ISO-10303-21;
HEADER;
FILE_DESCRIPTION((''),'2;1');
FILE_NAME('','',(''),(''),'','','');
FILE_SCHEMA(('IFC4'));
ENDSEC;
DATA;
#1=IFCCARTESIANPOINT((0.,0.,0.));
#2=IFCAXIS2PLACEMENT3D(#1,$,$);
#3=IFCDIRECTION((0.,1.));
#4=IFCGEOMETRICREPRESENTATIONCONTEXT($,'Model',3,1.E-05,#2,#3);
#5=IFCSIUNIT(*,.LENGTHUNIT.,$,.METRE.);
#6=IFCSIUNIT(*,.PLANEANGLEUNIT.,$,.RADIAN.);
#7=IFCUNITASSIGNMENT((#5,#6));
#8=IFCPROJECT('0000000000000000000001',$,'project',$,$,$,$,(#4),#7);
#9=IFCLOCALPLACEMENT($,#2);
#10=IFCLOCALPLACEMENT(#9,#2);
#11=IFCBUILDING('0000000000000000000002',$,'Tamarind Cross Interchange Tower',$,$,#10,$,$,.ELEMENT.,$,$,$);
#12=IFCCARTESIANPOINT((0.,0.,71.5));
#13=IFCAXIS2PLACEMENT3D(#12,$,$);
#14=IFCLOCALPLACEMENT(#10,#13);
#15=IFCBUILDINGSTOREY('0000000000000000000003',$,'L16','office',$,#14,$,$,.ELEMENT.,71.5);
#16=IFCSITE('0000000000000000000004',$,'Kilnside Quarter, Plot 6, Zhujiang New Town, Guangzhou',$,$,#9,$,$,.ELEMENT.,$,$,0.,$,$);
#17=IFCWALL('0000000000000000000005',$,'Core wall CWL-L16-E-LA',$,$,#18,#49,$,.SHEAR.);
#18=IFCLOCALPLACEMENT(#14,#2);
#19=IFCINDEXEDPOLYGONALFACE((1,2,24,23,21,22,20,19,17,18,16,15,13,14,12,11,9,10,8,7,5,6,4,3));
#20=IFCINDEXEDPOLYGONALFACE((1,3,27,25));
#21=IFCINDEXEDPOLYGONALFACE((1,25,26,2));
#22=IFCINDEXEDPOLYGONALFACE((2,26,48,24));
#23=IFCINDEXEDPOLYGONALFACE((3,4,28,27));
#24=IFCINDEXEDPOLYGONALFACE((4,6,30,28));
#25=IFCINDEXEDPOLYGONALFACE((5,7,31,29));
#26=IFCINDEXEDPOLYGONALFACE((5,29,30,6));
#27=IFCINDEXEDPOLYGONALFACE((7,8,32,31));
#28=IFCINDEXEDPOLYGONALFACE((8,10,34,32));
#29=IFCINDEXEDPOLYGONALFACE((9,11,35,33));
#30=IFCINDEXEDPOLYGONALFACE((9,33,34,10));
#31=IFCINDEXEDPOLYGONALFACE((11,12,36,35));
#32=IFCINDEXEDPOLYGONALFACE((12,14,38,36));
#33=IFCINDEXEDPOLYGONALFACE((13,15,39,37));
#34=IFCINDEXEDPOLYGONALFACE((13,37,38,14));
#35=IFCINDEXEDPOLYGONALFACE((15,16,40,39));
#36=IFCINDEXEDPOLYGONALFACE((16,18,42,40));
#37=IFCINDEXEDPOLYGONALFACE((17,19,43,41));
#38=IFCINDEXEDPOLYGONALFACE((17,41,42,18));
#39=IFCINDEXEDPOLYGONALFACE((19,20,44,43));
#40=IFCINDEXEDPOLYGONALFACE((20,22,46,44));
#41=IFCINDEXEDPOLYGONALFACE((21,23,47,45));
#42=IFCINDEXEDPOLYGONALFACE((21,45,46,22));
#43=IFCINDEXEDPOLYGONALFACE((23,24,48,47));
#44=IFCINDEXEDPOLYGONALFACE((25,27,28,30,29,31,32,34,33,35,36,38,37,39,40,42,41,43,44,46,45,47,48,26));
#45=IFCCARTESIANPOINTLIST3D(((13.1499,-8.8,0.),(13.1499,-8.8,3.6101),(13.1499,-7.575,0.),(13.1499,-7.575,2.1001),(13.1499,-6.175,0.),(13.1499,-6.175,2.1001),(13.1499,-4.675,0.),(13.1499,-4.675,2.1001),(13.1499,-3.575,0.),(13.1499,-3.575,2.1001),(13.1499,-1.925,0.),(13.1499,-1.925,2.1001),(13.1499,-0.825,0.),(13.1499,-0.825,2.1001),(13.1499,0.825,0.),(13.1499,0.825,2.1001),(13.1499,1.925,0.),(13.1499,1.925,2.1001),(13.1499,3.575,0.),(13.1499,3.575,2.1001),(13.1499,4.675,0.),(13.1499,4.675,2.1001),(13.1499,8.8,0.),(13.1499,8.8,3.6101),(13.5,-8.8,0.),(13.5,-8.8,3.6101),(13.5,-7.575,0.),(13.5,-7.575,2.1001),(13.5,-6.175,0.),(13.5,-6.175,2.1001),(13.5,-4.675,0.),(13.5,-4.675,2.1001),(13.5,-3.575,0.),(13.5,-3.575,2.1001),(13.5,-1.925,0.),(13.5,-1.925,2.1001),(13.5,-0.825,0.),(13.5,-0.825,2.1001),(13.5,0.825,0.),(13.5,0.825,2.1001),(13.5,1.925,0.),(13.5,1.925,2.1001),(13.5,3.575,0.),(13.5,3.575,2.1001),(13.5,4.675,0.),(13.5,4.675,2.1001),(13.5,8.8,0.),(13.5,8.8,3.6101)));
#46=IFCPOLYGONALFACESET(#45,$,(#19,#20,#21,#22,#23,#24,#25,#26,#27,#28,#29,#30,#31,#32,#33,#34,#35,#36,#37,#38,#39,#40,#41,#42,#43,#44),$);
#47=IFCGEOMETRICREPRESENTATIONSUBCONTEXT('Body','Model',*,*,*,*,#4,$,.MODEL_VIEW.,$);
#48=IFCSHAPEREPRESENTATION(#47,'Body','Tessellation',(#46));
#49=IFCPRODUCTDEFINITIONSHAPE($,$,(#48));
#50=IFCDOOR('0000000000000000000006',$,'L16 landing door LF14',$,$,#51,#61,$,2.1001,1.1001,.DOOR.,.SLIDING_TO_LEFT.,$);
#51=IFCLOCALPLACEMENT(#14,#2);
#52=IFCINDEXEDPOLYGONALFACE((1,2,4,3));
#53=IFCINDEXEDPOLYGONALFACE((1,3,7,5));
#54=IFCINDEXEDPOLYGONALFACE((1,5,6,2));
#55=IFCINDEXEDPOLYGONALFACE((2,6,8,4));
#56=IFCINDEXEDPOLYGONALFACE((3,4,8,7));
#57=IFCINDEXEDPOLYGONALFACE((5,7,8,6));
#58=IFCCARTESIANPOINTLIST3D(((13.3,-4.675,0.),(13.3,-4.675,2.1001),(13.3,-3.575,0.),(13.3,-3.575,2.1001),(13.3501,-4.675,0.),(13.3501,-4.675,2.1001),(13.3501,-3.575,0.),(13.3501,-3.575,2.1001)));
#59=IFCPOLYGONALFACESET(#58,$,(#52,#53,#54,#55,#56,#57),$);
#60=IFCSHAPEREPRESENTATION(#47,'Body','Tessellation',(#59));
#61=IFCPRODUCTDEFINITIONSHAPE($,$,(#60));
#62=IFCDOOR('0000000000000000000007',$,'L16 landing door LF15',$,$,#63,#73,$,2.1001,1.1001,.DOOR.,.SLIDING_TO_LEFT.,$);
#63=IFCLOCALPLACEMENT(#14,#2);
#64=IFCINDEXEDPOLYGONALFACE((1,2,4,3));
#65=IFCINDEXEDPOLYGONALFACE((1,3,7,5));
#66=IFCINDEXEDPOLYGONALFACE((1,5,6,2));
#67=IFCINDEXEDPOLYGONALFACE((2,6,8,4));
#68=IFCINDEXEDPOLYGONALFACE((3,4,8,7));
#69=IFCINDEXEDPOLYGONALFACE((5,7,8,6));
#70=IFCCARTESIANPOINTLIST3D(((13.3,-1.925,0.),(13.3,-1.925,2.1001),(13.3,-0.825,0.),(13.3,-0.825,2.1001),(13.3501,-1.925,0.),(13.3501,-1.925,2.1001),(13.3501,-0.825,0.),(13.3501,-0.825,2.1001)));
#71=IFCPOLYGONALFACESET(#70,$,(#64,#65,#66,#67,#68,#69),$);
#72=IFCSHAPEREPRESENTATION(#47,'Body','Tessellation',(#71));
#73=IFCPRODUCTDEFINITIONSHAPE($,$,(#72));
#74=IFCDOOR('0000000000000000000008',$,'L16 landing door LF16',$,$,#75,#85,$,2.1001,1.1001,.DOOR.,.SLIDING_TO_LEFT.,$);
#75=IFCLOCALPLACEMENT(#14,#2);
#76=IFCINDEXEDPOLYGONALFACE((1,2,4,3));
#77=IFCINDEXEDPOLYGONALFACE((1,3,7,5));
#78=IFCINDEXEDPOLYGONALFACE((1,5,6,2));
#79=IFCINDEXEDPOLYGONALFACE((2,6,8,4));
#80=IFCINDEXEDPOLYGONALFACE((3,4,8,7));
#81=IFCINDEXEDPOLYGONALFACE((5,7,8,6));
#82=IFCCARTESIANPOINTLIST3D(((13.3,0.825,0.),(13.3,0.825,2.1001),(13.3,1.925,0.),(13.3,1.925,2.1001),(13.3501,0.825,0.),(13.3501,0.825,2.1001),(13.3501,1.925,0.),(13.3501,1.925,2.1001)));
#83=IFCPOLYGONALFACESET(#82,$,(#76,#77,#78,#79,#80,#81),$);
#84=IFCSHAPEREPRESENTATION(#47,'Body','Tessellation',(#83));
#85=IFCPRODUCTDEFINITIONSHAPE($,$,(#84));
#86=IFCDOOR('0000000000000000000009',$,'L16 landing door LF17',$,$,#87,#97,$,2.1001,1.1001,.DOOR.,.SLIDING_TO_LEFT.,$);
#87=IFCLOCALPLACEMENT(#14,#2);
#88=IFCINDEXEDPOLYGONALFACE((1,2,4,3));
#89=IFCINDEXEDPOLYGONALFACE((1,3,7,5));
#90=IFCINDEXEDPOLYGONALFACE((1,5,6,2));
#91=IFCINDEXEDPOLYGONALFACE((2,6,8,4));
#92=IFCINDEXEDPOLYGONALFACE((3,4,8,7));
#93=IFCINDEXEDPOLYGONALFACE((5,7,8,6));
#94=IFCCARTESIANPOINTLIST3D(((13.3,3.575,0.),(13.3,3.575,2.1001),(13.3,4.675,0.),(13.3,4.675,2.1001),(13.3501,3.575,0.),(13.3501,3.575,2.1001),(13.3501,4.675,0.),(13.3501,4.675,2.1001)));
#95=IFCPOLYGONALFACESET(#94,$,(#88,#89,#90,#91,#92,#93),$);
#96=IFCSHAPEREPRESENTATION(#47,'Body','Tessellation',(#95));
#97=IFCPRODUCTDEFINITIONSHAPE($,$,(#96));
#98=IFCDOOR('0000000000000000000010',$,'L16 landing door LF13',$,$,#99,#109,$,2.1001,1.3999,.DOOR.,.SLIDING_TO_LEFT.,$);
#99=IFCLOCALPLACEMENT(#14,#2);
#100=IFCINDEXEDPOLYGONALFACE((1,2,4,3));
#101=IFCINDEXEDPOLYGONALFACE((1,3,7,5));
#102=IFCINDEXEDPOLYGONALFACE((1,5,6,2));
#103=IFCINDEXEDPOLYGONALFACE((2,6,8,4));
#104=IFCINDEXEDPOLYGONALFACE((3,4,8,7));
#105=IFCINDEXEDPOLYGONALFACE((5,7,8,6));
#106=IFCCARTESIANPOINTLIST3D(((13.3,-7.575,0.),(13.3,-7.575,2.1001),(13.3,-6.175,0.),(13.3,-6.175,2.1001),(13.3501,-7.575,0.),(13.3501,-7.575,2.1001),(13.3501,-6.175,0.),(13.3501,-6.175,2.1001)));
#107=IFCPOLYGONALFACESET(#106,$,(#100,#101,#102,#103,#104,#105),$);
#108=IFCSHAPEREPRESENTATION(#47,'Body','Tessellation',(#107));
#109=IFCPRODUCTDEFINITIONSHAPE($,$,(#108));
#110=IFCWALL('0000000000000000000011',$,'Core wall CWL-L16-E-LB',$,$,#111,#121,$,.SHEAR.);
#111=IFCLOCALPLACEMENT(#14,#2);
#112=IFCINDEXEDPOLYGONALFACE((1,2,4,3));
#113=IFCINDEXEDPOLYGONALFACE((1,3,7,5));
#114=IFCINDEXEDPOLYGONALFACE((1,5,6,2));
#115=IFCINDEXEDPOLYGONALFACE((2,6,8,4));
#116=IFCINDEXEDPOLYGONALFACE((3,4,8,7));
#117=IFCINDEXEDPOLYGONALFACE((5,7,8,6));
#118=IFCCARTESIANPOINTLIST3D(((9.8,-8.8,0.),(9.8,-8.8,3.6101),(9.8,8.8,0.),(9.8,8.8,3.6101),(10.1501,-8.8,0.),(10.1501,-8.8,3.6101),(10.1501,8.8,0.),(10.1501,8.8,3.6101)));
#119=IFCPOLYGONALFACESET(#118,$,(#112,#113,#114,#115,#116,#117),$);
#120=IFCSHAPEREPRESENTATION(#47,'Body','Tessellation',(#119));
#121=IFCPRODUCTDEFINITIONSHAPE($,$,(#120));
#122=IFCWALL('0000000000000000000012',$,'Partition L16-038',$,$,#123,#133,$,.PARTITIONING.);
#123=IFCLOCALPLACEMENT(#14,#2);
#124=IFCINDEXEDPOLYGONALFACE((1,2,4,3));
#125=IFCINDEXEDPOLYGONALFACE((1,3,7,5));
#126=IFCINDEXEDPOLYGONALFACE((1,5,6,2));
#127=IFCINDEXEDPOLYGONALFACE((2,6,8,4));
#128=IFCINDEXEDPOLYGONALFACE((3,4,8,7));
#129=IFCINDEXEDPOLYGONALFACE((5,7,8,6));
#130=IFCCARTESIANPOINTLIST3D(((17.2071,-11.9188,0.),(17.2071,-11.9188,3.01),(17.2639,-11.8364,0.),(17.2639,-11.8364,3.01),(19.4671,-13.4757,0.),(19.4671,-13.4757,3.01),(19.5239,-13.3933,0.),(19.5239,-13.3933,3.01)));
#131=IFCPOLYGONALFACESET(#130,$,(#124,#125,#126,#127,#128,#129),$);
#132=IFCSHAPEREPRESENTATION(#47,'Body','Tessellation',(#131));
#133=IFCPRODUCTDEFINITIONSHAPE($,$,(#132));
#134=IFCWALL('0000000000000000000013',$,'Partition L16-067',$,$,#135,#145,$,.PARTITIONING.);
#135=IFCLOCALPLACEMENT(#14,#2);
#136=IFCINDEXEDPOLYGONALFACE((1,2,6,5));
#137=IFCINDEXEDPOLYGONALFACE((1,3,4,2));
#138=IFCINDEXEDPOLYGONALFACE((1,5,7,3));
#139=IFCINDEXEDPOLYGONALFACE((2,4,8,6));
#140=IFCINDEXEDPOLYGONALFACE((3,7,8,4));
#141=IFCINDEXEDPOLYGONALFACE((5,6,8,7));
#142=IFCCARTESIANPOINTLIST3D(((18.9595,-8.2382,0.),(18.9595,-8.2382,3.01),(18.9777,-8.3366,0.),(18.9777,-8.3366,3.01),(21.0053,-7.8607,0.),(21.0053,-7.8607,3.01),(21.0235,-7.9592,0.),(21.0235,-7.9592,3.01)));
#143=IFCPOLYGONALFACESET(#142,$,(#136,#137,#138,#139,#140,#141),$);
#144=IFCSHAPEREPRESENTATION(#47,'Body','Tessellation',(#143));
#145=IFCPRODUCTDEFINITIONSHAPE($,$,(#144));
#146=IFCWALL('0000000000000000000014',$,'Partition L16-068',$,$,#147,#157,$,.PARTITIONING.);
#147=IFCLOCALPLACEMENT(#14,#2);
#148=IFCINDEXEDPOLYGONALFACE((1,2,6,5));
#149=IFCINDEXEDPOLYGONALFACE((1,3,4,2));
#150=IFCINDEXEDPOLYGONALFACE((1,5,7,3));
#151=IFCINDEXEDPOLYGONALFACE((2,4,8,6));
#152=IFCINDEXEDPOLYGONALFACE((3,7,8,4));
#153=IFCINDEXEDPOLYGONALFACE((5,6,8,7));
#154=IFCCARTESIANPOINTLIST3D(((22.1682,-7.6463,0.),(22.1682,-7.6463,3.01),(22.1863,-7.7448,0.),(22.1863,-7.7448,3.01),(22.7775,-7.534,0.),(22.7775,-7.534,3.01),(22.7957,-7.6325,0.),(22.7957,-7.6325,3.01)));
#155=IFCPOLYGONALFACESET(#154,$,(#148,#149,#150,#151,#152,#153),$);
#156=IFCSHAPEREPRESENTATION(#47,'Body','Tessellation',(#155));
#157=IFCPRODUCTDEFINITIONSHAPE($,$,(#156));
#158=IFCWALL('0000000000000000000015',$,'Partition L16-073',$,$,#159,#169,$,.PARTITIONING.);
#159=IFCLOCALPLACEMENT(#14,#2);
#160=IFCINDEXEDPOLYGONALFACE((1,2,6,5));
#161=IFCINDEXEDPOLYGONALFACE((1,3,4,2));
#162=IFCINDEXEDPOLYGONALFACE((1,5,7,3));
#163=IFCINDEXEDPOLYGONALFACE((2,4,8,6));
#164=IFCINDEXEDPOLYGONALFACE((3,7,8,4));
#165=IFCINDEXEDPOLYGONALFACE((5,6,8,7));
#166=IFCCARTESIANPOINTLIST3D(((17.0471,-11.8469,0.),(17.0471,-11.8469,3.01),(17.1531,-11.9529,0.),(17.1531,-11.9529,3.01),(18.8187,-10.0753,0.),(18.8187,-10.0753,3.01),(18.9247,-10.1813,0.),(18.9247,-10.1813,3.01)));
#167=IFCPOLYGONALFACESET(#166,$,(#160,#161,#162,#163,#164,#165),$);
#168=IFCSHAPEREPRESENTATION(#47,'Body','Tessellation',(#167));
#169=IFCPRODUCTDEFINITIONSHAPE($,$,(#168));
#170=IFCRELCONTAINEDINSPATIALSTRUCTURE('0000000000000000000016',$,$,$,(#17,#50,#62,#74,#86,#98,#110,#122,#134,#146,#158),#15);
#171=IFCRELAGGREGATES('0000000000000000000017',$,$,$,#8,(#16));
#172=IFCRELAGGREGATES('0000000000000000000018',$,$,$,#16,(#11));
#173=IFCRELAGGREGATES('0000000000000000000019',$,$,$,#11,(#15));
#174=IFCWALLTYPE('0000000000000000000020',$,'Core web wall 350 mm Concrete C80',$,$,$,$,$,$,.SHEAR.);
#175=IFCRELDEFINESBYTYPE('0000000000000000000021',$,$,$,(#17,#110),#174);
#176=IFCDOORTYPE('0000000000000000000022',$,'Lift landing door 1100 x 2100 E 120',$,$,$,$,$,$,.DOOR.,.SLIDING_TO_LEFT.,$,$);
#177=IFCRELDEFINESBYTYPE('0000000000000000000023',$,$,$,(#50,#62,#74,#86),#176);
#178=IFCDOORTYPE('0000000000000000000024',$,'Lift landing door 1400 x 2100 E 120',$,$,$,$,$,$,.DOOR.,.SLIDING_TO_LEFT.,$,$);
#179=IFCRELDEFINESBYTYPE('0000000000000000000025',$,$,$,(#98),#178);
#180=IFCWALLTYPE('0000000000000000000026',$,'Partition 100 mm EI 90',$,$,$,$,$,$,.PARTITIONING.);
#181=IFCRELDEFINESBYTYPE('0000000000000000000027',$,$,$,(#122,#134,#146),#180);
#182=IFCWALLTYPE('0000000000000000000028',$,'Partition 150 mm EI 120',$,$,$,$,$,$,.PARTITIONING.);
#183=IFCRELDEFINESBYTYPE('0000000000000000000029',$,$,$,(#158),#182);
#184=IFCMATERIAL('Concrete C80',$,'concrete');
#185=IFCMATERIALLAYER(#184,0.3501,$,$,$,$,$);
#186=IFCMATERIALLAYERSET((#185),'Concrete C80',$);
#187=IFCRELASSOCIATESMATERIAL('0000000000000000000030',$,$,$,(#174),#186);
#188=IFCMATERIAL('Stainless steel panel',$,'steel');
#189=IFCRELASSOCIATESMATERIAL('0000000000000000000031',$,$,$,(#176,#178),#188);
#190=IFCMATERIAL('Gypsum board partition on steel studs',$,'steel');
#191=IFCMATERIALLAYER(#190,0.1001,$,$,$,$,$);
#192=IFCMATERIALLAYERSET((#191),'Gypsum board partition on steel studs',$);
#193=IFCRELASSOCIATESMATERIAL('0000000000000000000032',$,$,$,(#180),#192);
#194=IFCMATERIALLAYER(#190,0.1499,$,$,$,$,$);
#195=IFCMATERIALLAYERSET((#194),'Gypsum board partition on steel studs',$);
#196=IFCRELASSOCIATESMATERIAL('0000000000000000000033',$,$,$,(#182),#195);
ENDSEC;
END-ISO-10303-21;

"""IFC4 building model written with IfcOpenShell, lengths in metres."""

from ifc_helpers import new_model, si_unit, direction, frame, frame_2d, origin, place, context, subcontext, project, spatial, rectangle, extrude, material, layer, layer_set, type_object, element, fill, save


model = new_model("IFC4")

# Units and contexts
model_context = context("Model", 3, precision=1e-05, world=origin(), true_north=direction((0.0, 1.0)))
body_context = subcontext(model_context, "Body", "Model", "MODEL_VIEW")
ifc_project = project(units=[si_unit("LENGTHUNIT", "METRE"), si_unit("PLANEANGLEUNIT", "RADIAN")], contexts=[model_context])

# Site, building, storey
site_placement = place(None, origin())
site = spatial("IfcSite", under=ifc_project, at=site_placement, Name="Kilnside Quarter, Plot 6, Zhujiang New Town, Guangzhou", CompositionType="ELEMENT", RefElevation=0.0)
building_placement = place(site_placement, origin())
building = spatial("IfcBuilding", under=site, at=building_placement, Name="Tamarind Cross Interchange Tower", CompositionType="ELEMENT")
storey_placement = place(building_placement, frame((0.0, 0.0, 71.5)))
storey = spatial("IfcBuildingStorey", under=building, at=storey_placement, Name="L16", Description="office", CompositionType="ELEMENT", Elevation=71.5)

# Wall, openings, doors
ifc_material_1 = material(Name="Concrete C80", Category="concrete")
ifc_layer_1 = layer(ifc_material_1, 0.3501)
ifc_layer_set_1 = layer_set([ifc_layer_1], Name="Concrete C80")
wall_type_1 = type_object("IfcWallType", Name="Core web wall 350 mm Concrete C80", PredefinedType="SHEAR", material=ifc_layer_set_1)
wall_1_placement = place(storey_placement, frame((13.325, -8.8, 0.0), z_axis=(0.0, 0.0, 1.0), x_axis=(0.0, 1.0, 0.0)))
wall_1 = element("IfcWall", 1, at=wall_1_placement, inside=storey, type_object=wall_type_1, Name="Core wall CWL-L16-E-LA", PredefinedType="SHEAR", context=body_context, shape_type="SweptSolid", body=[
    extrude(rectangle(XDim=17.6001, YDim=0.3501, at=frame_2d((8.8, 0.0))), origin(), (0.0, 0.0, 1.0), 3.6101),
])
opening_1_placement = place(wall_1_placement, frame((1.2251, 0.0, 0.0)))
opening_1 = element("IfcOpeningElement", 2, at=opening_1_placement, cuts=wall_1, PredefinedType="OPENING", context=body_context, shape_type="SweptSolid", body=[
    extrude(rectangle(XDim=1.3999, YDim=2.1001, at=frame_2d((0.7, 1.05))), frame((0.0, 0.1851, 0.0), z_axis=(0.0, -1.0, 0.0), x_axis=(1.0, 0.0, 0.0)), (0.0, 0.0, 1.0), 0.3701),
])
opening_2_placement = place(wall_1_placement, frame((4.125, 0.0, 0.0)))
opening_2 = element("IfcOpeningElement", 3, at=opening_2_placement, cuts=wall_1, PredefinedType="OPENING", context=body_context, shape_type="SweptSolid", body=[
    extrude(rectangle(XDim=1.1001, YDim=2.1001, at=frame_2d((0.55, 1.05))), frame((0.0, 0.1851, 0.0), z_axis=(0.0, -1.0, 0.0), x_axis=(1.0, 0.0, 0.0)), (0.0, 0.0, 1.0), 0.3701),
])
opening_3_placement = place(wall_1_placement, frame((6.875, 0.0, 0.0)))
opening_3 = element("IfcOpeningElement", 4, at=opening_3_placement, cuts=wall_1, PredefinedType="OPENING", context=body_context, shape_type="SweptSolid", body=[
    extrude(rectangle(XDim=1.1001, YDim=2.1001, at=frame_2d((0.55, 1.05))), frame((0.0, 0.1851, 0.0), z_axis=(0.0, -1.0, 0.0), x_axis=(1.0, 0.0, 0.0)), (0.0, 0.0, 1.0), 0.3701),
])
opening_4_placement = place(wall_1_placement, frame((9.625, 0.0, 0.0)))
opening_4 = element("IfcOpeningElement", 5, at=opening_4_placement, cuts=wall_1, PredefinedType="OPENING", context=body_context, shape_type="SweptSolid", body=[
    extrude(rectangle(XDim=1.1001, YDim=2.1001, at=frame_2d((0.55, 1.05))), frame((0.0, 0.1851, 0.0), z_axis=(0.0, -1.0, 0.0), x_axis=(1.0, 0.0, 0.0)), (0.0, 0.0, 1.0), 0.3701),
])
opening_5_placement = place(wall_1_placement, frame((12.375, 0.0, 0.0)))
opening_5 = element("IfcOpeningElement", 6, at=opening_5_placement, cuts=wall_1, PredefinedType="OPENING", context=body_context, shape_type="SweptSolid", body=[
    extrude(rectangle(XDim=1.1001, YDim=2.1001, at=frame_2d((0.55, 1.05))), frame((0.0, 0.1851, 0.0), z_axis=(0.0, -1.0, 0.0), x_axis=(1.0, 0.0, 0.0)), (0.0, 0.0, 1.0), 0.3701),
])
ifc_material_2 = material(Name="Stainless steel panel", Category="steel")
door_type_1 = type_object("IfcDoorType", Name="Lift landing door 1100 x 2100 E 120", OperationType="SLIDING_TO_LEFT", PredefinedType="DOOR", material=ifc_material_2)
door_1_placement = place(opening_2_placement, origin())
door_1 = element("IfcDoor", 7, at=door_1_placement, inside=storey, type_object=door_type_1, Name="L16 landing door LF14", OperationType="SLIDING_TO_LEFT", OverallHeight=2.1001, OverallWidth=1.1001, PredefinedType="DOOR", context=body_context, shape_type="SweptSolid", body=[
    extrude(rectangle(XDim=1.1001, YDim=2.1001, at=frame_2d((0.55, 1.05))), frame((0.0, 0.0249, 0.0), z_axis=(0.0, -1.0, 0.0), x_axis=(1.0, 0.0, 0.0)), (0.0, 0.0, 1.0), 0.05),
])
fill(opening_2, door_1)
door_2_placement = place(opening_3_placement, origin())
door_2 = element("IfcDoor", 8, at=door_2_placement, inside=storey, type_object=door_type_1, Name="L16 landing door LF15", OperationType="SLIDING_TO_LEFT", OverallHeight=2.1001, OverallWidth=1.1001, PredefinedType="DOOR", context=body_context, shape_type="SweptSolid", body=[
    extrude(rectangle(XDim=1.1001, YDim=2.1001, at=frame_2d((0.55, 1.05))), frame((0.0, 0.0249, 0.0), z_axis=(0.0, -1.0, 0.0), x_axis=(1.0, 0.0, 0.0)), (0.0, 0.0, 1.0), 0.05),
])
fill(opening_3, door_2)
door_3_placement = place(opening_4_placement, origin())
door_3 = element("IfcDoor", 9, at=door_3_placement, inside=storey, type_object=door_type_1, Name="L16 landing door LF16", OperationType="SLIDING_TO_LEFT", OverallHeight=2.1001, OverallWidth=1.1001, PredefinedType="DOOR", context=body_context, shape_type="SweptSolid", body=[
    extrude(rectangle(XDim=1.1001, YDim=2.1001, at=frame_2d((0.55, 1.05))), frame((0.0, 0.0249, 0.0), z_axis=(0.0, -1.0, 0.0), x_axis=(1.0, 0.0, 0.0)), (0.0, 0.0, 1.0), 0.05),
])
fill(opening_4, door_3)
door_4_placement = place(opening_5_placement, origin())
door_4 = element("IfcDoor", 10, at=door_4_placement, inside=storey, type_object=door_type_1, Name="L16 landing door LF17", OperationType="SLIDING_TO_LEFT", OverallHeight=2.1001, OverallWidth=1.1001, PredefinedType="DOOR", context=body_context, shape_type="SweptSolid", body=[
    extrude(rectangle(XDim=1.1001, YDim=2.1001, at=frame_2d((0.55, 1.05))), frame((0.0, 0.0249, 0.0), z_axis=(0.0, -1.0, 0.0), x_axis=(1.0, 0.0, 0.0)), (0.0, 0.0, 1.0), 0.05),
])
fill(opening_5, door_4)
door_type_2 = type_object("IfcDoorType", Name="Lift landing door 1400 x 2100 E 120", OperationType="SLIDING_TO_LEFT", PredefinedType="DOOR", material=ifc_material_2)
door_5_placement = place(opening_1_placement, origin())
door_5 = element("IfcDoor", 11, at=door_5_placement, inside=storey, type_object=door_type_2, Name="L16 landing door LF13", OperationType="SLIDING_TO_LEFT", OverallHeight=2.1001, OverallWidth=1.3999, PredefinedType="DOOR", context=body_context, shape_type="SweptSolid", body=[
    extrude(rectangle(XDim=1.3999, YDim=2.1001, at=frame_2d((0.7, 1.05))), frame((0.0, 0.0249, 0.0), z_axis=(0.0, -1.0, 0.0), x_axis=(1.0, 0.0, 0.0)), (0.0, 0.0, 1.0), 0.05),
])
fill(opening_1, door_5)

# Walls
wall_2_placement = place(storey_placement, frame((9.9751, -8.8, 0.0), z_axis=(0.0, 0.0, 1.0), x_axis=(0.0, 1.0, 0.0)))
element("IfcWall", 12, at=wall_2_placement, inside=storey, type_object=wall_type_1, Name="Core wall CWL-L16-E-LB", PredefinedType="SHEAR", context=body_context, shape_type="SweptSolid", body=[
    extrude(rectangle(XDim=17.6001, YDim=0.3501, at=frame_2d((8.8, 0.0))), origin(), (0.0, 0.0, 1.0), 3.6101),
])
ifc_material_3 = material(Name="Gypsum board partition on steel studs", Category="steel")
ifc_layer_2 = layer(ifc_material_3, 0.1001)
ifc_layer_set_2 = layer_set([ifc_layer_2], Name="Gypsum board partition on steel studs")
wall_type_2 = type_object("IfcWallType", Name="Partition 100 mm EI 90", PredefinedType="PARTITIONING", material=ifc_layer_set_2)
wall_3_placement = place(storey_placement, frame((17.2356, -11.8777, 0.0), z_axis=(0.0, 0.0, 1.0), x_axis=(0.823509, -0.567303, 0.0)))
element("IfcWall", 13, at=wall_3_placement, inside=storey, type_object=wall_type_2, Name="Partition L16-038", PredefinedType="PARTITIONING", context=body_context, shape_type="SweptSolid", body=[
    extrude(rectangle(XDim=2.7444, YDim=0.1001, at=frame_2d((1.3721, 0.0))), origin(), (0.0, 0.0, 1.0), 3.01),
])
wall_4_placement = place(storey_placement, frame((18.9688, -8.2874, 0.0), z_axis=(0.0, 0.0, 1.0), x_axis=(0.983405, 0.181425, 0.0)))
element("IfcWall", 14, at=wall_4_placement, inside=storey, type_object=wall_type_2, Name="Partition L16-067", PredefinedType="PARTITIONING", context=body_context, shape_type="SweptSolid", body=[
    extrude(rectangle(XDim=2.0803, YDim=0.1001, at=frame_2d((1.04, 0.0))), origin(), (0.0, 0.0, 1.0), 3.01),
])
wall_5_placement = place(storey_placement, frame((22.1772, -7.6956, 0.0), z_axis=(0.0, 0.0, 1.0), x_axis=(0.983438, 0.181243, 0.0)))
element("IfcWall", 15, at=wall_5_placement, inside=storey, type_object=wall_type_2, Name="Partition L16-068", PredefinedType="PARTITIONING", context=body_context, shape_type="SweptSolid", body=[
    extrude(rectangle(XDim=0.6196, YDim=0.1001, at=frame_2d((0.3098, 0.0))), origin(), (0.0, 0.0, 1.0), 3.01),
])
ifc_layer_3 = layer(ifc_material_3, 0.1499)
ifc_layer_set_3 = layer_set([ifc_layer_3], Name="Gypsum board partition on steel studs")
wall_type_3 = type_object("IfcWallType", Name="Partition 150 mm EI 120", PredefinedType="PARTITIONING", material=ifc_layer_set_3)
wall_6_placement = place(storey_placement, frame((17.1001, -11.8999, 0.0), z_axis=(0.0, 0.0, 1.0), x_axis=(0.707107, 0.707107, 0.0)))
element("IfcWall", 16, at=wall_6_placement, inside=storey, type_object=wall_type_3, Name="Partition L16-073", PredefinedType="PARTITIONING", context=body_context, shape_type="SweptSolid", body=[
    extrude(rectangle(XDim=2.5054, YDim=0.1499, at=frame_2d((1.2527, 0.0))), origin(), (0.0, 0.0, 1.0), 3.01),
])

save(model, "model.ifc")
